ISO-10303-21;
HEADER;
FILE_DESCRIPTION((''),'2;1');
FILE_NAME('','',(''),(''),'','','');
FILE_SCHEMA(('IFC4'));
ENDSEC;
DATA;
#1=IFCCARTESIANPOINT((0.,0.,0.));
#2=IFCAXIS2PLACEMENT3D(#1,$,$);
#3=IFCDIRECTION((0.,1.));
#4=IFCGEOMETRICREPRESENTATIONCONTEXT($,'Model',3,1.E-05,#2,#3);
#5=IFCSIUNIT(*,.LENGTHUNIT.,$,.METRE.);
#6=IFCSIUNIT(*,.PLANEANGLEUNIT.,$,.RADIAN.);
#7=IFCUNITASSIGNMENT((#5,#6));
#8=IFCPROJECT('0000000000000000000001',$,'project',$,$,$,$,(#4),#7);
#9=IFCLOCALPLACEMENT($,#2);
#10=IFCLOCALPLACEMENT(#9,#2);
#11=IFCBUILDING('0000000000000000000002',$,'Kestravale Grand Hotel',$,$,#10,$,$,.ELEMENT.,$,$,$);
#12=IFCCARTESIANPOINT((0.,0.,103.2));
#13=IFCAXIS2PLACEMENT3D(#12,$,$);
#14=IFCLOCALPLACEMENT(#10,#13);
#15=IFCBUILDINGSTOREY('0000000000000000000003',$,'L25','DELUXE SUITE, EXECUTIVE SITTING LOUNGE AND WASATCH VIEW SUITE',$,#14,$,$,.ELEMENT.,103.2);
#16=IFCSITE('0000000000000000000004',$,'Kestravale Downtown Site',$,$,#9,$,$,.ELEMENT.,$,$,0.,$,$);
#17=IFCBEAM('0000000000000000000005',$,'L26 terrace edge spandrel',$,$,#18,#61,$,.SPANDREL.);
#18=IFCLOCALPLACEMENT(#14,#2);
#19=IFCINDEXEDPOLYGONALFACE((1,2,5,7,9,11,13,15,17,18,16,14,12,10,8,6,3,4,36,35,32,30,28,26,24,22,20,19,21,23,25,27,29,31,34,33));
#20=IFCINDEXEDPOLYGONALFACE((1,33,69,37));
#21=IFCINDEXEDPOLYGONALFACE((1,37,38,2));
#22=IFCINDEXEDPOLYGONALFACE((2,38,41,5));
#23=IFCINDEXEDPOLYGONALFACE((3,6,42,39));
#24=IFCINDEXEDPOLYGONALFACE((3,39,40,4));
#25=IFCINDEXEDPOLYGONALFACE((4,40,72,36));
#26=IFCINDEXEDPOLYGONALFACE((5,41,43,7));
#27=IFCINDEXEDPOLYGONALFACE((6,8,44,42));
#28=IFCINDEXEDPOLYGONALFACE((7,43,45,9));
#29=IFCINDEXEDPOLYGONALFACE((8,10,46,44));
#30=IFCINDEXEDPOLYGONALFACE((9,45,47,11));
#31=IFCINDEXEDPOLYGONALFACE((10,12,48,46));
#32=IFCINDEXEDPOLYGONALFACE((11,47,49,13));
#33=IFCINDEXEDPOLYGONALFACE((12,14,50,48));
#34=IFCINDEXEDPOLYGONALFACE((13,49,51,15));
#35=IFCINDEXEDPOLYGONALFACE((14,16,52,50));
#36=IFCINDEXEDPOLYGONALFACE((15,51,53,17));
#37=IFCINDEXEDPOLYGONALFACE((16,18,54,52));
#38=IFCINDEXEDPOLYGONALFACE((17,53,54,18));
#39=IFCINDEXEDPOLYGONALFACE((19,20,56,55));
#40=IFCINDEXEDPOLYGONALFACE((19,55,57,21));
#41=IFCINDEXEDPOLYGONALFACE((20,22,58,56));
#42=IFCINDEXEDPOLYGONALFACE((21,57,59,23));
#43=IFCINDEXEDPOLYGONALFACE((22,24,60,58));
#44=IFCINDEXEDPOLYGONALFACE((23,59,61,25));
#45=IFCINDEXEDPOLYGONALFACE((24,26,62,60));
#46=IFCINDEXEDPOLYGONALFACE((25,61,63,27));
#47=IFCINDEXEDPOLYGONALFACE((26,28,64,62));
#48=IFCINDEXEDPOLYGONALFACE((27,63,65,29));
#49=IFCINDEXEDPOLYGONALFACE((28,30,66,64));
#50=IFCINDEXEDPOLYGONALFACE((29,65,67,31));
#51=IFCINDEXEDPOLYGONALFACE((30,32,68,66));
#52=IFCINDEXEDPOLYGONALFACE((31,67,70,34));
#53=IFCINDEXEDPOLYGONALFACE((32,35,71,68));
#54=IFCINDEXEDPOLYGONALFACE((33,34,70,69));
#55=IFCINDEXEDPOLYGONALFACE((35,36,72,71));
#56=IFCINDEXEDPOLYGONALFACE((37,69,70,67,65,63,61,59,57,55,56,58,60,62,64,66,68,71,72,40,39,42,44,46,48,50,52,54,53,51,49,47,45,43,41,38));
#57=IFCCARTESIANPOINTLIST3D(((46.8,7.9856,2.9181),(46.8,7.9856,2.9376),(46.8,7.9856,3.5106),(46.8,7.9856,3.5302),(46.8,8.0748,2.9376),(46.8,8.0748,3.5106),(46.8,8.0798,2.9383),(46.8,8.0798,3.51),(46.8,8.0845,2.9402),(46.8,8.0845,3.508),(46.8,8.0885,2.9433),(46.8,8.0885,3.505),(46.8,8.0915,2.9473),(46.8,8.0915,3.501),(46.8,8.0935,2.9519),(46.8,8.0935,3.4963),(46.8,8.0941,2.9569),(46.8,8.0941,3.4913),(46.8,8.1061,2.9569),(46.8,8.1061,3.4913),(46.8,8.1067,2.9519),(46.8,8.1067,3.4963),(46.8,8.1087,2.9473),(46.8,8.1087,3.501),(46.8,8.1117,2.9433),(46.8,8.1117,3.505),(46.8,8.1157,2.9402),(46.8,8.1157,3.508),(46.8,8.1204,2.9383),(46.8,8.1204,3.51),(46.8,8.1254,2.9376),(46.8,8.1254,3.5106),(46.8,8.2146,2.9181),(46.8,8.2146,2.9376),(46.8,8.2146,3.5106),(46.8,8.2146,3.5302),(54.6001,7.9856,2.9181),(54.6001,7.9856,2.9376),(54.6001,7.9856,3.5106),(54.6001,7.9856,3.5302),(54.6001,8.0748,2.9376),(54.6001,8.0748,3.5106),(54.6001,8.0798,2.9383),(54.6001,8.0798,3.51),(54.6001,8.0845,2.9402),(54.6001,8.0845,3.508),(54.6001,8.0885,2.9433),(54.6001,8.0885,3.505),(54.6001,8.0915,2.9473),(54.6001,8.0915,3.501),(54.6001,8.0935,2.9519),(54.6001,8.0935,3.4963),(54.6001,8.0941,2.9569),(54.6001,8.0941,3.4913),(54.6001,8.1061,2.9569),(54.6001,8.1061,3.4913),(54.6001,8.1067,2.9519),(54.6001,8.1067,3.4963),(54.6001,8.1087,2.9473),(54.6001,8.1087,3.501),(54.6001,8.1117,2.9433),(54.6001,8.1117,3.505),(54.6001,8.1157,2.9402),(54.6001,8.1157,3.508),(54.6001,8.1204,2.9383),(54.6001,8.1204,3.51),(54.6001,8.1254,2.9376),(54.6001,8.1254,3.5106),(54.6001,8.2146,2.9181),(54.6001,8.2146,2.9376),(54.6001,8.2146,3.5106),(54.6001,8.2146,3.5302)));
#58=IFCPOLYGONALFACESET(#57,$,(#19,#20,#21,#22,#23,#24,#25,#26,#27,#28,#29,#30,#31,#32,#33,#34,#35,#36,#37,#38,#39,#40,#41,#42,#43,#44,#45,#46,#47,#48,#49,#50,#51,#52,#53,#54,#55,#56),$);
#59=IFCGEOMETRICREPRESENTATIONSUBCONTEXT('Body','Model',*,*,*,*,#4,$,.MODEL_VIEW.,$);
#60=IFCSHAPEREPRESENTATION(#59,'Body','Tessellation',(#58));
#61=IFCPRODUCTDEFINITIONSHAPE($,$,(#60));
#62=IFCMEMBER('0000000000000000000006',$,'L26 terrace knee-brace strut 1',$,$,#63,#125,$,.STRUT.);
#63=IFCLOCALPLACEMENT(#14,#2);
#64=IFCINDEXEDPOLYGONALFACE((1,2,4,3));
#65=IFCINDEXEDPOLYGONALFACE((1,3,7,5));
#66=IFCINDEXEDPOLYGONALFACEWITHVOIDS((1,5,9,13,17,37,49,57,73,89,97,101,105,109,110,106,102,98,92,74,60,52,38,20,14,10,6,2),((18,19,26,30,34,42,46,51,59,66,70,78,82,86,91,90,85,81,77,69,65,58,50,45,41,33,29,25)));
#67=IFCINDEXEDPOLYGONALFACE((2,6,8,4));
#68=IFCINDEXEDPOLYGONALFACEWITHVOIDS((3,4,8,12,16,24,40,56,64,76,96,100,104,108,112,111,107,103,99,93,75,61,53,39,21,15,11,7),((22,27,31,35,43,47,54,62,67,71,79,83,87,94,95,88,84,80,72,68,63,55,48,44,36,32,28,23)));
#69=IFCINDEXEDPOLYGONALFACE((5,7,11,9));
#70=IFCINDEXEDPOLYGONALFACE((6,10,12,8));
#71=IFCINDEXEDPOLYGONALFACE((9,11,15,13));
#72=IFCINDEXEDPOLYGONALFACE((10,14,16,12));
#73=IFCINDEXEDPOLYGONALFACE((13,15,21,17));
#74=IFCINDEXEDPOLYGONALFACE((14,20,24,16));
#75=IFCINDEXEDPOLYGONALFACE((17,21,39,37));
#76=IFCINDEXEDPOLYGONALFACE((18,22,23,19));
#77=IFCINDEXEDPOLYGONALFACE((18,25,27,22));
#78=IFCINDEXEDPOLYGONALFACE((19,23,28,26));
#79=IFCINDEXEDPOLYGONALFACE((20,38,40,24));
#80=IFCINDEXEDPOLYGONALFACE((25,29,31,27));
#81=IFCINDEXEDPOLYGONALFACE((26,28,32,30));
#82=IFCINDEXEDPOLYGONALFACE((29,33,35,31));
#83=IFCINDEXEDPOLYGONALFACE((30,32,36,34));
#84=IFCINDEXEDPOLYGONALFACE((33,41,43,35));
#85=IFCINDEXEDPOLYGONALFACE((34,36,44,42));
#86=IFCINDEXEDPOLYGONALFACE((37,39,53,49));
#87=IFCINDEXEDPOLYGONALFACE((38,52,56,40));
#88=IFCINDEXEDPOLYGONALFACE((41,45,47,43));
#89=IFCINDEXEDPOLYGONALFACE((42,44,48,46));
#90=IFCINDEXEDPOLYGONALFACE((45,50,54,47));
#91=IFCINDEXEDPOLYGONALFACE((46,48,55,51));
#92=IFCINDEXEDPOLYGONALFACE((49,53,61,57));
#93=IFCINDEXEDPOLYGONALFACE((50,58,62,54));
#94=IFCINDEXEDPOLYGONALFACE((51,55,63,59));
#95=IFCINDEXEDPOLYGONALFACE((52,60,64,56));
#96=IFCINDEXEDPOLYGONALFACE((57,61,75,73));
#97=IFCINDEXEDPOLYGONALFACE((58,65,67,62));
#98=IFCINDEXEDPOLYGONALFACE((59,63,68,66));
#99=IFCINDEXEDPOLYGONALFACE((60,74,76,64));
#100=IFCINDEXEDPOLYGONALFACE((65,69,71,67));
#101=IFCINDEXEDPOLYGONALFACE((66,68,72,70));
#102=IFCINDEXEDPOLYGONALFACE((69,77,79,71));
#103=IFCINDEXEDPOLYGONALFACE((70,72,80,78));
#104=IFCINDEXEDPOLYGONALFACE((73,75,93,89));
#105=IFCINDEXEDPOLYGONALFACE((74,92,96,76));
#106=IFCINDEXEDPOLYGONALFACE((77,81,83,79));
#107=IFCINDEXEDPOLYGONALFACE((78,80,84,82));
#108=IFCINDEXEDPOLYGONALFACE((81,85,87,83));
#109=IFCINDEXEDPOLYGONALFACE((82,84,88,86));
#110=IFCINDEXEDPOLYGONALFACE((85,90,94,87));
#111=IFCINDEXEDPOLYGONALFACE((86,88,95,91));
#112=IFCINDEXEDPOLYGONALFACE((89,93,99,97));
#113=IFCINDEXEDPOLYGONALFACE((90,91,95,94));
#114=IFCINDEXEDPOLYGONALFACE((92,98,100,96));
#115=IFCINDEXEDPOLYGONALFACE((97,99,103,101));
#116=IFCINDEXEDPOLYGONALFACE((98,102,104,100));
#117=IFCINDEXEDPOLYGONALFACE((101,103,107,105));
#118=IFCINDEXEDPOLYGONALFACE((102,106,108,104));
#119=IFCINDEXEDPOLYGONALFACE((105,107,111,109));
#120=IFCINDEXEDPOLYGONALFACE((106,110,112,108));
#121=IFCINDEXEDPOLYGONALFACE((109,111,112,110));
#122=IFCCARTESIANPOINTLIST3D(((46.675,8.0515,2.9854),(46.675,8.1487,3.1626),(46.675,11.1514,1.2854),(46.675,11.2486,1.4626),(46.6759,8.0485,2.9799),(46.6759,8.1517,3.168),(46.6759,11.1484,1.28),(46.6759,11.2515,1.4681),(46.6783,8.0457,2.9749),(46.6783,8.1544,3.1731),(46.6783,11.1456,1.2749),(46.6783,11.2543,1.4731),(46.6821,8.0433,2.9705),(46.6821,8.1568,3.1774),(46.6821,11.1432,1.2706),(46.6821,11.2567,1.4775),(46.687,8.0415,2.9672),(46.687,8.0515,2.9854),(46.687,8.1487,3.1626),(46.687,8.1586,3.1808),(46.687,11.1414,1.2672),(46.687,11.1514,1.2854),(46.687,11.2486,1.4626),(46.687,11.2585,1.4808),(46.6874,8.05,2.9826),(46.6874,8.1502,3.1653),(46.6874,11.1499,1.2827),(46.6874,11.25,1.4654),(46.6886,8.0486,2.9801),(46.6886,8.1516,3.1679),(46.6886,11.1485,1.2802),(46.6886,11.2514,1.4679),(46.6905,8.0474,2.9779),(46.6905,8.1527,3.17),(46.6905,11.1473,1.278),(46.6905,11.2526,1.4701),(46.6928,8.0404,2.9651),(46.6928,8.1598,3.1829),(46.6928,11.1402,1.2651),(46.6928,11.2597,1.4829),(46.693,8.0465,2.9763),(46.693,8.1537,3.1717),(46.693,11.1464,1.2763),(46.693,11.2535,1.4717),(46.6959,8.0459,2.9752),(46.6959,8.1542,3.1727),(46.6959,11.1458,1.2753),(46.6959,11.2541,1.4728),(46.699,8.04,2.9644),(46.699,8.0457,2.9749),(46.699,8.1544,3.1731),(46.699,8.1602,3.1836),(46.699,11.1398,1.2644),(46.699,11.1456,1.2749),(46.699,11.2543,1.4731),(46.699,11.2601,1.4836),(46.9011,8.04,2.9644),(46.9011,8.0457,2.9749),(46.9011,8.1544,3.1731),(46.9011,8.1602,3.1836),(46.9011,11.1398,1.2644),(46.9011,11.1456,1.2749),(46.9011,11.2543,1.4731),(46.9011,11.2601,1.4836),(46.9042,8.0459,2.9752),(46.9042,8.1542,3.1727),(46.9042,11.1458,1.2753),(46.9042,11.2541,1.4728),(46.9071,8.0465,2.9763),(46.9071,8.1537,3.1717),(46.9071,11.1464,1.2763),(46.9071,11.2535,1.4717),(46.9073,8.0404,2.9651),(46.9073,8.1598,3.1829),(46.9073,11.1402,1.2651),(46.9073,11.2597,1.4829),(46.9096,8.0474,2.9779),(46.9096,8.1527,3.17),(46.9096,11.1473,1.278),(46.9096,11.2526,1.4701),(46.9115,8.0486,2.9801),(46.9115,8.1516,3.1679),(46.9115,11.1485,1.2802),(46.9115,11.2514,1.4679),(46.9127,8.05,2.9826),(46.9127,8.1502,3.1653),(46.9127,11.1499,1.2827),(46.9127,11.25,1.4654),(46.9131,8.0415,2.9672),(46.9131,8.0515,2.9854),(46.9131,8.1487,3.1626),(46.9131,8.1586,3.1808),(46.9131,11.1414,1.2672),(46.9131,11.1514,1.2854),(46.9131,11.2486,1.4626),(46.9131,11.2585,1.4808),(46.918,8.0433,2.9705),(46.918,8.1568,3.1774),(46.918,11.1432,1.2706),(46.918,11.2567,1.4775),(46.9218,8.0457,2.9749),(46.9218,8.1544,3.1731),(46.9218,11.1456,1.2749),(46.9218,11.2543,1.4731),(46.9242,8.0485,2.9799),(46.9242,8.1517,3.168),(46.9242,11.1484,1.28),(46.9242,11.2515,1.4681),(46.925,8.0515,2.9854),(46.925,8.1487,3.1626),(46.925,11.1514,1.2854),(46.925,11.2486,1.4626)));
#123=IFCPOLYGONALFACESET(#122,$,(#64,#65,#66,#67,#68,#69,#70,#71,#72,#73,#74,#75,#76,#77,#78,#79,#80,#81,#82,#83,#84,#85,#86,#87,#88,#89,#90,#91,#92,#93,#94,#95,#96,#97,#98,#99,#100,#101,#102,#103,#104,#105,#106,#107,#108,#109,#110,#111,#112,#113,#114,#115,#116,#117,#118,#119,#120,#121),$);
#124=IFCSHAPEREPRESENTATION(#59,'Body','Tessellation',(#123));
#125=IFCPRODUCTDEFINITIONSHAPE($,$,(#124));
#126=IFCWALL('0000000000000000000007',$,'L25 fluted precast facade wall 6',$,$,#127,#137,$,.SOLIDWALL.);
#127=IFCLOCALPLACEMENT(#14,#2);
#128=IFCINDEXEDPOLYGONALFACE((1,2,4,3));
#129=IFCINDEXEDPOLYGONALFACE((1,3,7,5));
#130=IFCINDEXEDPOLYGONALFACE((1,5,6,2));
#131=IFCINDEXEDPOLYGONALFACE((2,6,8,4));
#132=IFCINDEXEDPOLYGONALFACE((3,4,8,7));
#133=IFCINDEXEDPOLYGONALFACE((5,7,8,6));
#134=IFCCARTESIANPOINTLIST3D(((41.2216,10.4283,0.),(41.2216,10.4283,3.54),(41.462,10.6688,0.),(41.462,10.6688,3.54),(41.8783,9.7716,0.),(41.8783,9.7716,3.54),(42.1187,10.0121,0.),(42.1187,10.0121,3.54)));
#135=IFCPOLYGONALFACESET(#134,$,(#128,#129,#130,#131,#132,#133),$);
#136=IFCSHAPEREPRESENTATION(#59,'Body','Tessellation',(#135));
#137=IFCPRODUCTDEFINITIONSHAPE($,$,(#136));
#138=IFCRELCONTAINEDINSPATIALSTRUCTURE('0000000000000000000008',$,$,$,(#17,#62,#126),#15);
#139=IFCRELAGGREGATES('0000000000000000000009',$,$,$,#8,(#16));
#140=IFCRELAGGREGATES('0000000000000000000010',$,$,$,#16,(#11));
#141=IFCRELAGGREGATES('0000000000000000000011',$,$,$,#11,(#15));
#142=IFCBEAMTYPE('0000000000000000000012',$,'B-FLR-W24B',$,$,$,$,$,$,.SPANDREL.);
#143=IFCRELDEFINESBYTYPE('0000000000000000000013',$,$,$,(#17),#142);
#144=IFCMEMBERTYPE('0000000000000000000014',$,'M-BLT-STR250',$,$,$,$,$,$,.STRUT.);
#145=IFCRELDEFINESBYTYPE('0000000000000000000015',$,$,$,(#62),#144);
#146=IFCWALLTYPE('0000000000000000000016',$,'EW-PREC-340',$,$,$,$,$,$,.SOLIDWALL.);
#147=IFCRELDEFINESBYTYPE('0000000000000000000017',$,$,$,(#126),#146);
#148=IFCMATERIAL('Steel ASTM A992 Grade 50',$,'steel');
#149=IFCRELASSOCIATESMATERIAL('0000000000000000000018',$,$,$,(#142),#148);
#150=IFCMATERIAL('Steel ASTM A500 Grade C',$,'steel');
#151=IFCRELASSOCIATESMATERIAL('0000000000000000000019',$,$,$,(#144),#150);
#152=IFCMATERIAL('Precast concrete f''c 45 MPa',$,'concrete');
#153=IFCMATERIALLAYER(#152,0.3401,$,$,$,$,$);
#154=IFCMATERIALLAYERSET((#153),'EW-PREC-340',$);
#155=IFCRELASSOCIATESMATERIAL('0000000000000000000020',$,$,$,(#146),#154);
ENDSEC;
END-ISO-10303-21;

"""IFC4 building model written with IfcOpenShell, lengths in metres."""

from ifc_helpers import new_model, si_unit, direction, frame, frame_2d, origin, origin_2d, place, context, subcontext, project, spatial, rectangle, hollow_rectangle, i_section, extrude, material, layer, layer_set, material_profile, profile_set, type_object, element, save


model = new_model("IFC4")

# Units and contexts
model_context = context("Model", 3, precision=1e-05, world=origin(), true_north=direction((0.0, 1.0)))
body_context = subcontext(model_context, "Body", "Model", "MODEL_VIEW")
ifc_project = project(units=[si_unit("LENGTHUNIT", "METRE"), si_unit("PLANEANGLEUNIT", "RADIAN")], contexts=[model_context])

# Site, building, storey
site_placement = place(None, origin())
site = spatial("IfcSite", under=ifc_project, at=site_placement, Name="Kestravale Downtown Site", CompositionType="ELEMENT", RefElevation=0.0)
building_placement = place(site_placement, origin())
building = spatial("IfcBuilding", under=site, at=building_placement, Name="Kestravale Grand Hotel", CompositionType="ELEMENT")
storey_placement = place(building_placement, frame((0.0, 0.0, 103.2)))
storey = spatial("IfcBuildingStorey", under=building, at=storey_placement, Name="L25", Description="DELUXE SUITE, EXECUTIVE SITTING LOUNGE AND WASATCH VIEW SUITE", CompositionType="ELEMENT", Elevation=103.2)

# Beam
ifc_material_1 = material(Name="Steel ASTM A992 Grade 50", Category="steel")
ifc_material_profile_1 = material_profile(ifc_material_1, i_section(OverallWidth=0.229, OverallDepth=0.6121, WebThickness=0.012, FlangeThickness=0.0195, FilletRadius=0.0193, at=origin_2d()))
ifc_profile_set_1 = profile_set([ifc_material_profile_1], Name="Steel ASTM A992 Grade 50")
beam_type_1 = type_object("IfcBeamType", Name="B-FLR-W24B", PredefinedType="SPANDREL", material=ifc_profile_set_1)
beam_1_placement = place(storey_placement, frame((46.8, 8.1001, 3.2241), z_axis=(1.0, 0.0, 0.0), x_axis=(0.0, 1.0, 0.0)))
element("IfcBeam", 1, at=beam_1_placement, inside=storey, type_object=beam_type_1, Name="L26 terrace edge spandrel", PredefinedType="SPANDREL", context=body_context, shape_type="SweptSolid", body=[
    extrude(i_section(OverallWidth=0.229, OverallDepth=0.6121, WebThickness=0.012, FlangeThickness=0.0195, FilletRadius=0.0193, at=origin_2d()), origin(), (0.0, 0.0, 1.0), 7.8),
])

# Member
ifc_material_2 = material(Name="Steel ASTM A500 Grade C", Category="steel")
ifc_material_profile_2 = material_profile(ifc_material_2, hollow_rectangle(XDim=0.25, YDim=0.25, WallThickness=0.012, InnerFilletRadius=0.012, OuterFilletRadius=0.0239, at=origin_2d()))
ifc_profile_set_2 = profile_set([ifc_material_profile_2], Name="Steel ASTM A500 Grade C")
member_type = type_object("IfcMemberType", Name="M-BLT-STR250", PredefinedType="STRUT", material=ifc_profile_set_2)
member_placement = place(storey_placement, frame((46.8, 11.2, 1.374), z_axis=(0.0, -0.876809, 0.480839), x_axis=(1.0, 0.0, 0.0)))
element("IfcMember", 2, at=member_placement, inside=storey, type_object=member_type, Name="L26 terrace knee-brace strut 1", PredefinedType="STRUT", context=body_context, shape_type="SweptSolid", body=[
    extrude(hollow_rectangle(XDim=0.25, YDim=0.25, WallThickness=0.012, InnerFilletRadius=0.012, OuterFilletRadius=0.0239, at=origin_2d()), origin(), (0.0, 0.0, 1.0), 3.5354),
])

# Wall
ifc_material_3 = material(Name="Precast concrete f'c 45 MPa", Category="concrete")
ifc_layer_1 = layer(ifc_material_3, 0.3401)
ifc_layer_set_1 = layer_set([ifc_layer_1], Name="EW-PREC-340")
wall_type_1 = type_object("IfcWallType", Name="EW-PREC-340", PredefinedType="SOLIDWALL", material=ifc_layer_set_1)
wall_1_placement = place(storey_placement, frame((41.3418, 10.5486, 0.0), z_axis=(0.0, 0.0, 1.0), x_axis=(0.707107, -0.707107, 0.0)))
element("IfcWall", 3, at=wall_1_placement, inside=storey, type_object=wall_type_1, Name="L25 fluted precast facade wall 6", PredefinedType="SOLIDWALL", context=body_context, shape_type="SweptSolid", body=[
    extrude(rectangle(XDim=0.9287, YDim=0.3401, at=frame_2d((0.4644, 0.0))), origin(), (0.0, 0.0, 1.0), 3.54),
])

save(model, "model.ifc")
